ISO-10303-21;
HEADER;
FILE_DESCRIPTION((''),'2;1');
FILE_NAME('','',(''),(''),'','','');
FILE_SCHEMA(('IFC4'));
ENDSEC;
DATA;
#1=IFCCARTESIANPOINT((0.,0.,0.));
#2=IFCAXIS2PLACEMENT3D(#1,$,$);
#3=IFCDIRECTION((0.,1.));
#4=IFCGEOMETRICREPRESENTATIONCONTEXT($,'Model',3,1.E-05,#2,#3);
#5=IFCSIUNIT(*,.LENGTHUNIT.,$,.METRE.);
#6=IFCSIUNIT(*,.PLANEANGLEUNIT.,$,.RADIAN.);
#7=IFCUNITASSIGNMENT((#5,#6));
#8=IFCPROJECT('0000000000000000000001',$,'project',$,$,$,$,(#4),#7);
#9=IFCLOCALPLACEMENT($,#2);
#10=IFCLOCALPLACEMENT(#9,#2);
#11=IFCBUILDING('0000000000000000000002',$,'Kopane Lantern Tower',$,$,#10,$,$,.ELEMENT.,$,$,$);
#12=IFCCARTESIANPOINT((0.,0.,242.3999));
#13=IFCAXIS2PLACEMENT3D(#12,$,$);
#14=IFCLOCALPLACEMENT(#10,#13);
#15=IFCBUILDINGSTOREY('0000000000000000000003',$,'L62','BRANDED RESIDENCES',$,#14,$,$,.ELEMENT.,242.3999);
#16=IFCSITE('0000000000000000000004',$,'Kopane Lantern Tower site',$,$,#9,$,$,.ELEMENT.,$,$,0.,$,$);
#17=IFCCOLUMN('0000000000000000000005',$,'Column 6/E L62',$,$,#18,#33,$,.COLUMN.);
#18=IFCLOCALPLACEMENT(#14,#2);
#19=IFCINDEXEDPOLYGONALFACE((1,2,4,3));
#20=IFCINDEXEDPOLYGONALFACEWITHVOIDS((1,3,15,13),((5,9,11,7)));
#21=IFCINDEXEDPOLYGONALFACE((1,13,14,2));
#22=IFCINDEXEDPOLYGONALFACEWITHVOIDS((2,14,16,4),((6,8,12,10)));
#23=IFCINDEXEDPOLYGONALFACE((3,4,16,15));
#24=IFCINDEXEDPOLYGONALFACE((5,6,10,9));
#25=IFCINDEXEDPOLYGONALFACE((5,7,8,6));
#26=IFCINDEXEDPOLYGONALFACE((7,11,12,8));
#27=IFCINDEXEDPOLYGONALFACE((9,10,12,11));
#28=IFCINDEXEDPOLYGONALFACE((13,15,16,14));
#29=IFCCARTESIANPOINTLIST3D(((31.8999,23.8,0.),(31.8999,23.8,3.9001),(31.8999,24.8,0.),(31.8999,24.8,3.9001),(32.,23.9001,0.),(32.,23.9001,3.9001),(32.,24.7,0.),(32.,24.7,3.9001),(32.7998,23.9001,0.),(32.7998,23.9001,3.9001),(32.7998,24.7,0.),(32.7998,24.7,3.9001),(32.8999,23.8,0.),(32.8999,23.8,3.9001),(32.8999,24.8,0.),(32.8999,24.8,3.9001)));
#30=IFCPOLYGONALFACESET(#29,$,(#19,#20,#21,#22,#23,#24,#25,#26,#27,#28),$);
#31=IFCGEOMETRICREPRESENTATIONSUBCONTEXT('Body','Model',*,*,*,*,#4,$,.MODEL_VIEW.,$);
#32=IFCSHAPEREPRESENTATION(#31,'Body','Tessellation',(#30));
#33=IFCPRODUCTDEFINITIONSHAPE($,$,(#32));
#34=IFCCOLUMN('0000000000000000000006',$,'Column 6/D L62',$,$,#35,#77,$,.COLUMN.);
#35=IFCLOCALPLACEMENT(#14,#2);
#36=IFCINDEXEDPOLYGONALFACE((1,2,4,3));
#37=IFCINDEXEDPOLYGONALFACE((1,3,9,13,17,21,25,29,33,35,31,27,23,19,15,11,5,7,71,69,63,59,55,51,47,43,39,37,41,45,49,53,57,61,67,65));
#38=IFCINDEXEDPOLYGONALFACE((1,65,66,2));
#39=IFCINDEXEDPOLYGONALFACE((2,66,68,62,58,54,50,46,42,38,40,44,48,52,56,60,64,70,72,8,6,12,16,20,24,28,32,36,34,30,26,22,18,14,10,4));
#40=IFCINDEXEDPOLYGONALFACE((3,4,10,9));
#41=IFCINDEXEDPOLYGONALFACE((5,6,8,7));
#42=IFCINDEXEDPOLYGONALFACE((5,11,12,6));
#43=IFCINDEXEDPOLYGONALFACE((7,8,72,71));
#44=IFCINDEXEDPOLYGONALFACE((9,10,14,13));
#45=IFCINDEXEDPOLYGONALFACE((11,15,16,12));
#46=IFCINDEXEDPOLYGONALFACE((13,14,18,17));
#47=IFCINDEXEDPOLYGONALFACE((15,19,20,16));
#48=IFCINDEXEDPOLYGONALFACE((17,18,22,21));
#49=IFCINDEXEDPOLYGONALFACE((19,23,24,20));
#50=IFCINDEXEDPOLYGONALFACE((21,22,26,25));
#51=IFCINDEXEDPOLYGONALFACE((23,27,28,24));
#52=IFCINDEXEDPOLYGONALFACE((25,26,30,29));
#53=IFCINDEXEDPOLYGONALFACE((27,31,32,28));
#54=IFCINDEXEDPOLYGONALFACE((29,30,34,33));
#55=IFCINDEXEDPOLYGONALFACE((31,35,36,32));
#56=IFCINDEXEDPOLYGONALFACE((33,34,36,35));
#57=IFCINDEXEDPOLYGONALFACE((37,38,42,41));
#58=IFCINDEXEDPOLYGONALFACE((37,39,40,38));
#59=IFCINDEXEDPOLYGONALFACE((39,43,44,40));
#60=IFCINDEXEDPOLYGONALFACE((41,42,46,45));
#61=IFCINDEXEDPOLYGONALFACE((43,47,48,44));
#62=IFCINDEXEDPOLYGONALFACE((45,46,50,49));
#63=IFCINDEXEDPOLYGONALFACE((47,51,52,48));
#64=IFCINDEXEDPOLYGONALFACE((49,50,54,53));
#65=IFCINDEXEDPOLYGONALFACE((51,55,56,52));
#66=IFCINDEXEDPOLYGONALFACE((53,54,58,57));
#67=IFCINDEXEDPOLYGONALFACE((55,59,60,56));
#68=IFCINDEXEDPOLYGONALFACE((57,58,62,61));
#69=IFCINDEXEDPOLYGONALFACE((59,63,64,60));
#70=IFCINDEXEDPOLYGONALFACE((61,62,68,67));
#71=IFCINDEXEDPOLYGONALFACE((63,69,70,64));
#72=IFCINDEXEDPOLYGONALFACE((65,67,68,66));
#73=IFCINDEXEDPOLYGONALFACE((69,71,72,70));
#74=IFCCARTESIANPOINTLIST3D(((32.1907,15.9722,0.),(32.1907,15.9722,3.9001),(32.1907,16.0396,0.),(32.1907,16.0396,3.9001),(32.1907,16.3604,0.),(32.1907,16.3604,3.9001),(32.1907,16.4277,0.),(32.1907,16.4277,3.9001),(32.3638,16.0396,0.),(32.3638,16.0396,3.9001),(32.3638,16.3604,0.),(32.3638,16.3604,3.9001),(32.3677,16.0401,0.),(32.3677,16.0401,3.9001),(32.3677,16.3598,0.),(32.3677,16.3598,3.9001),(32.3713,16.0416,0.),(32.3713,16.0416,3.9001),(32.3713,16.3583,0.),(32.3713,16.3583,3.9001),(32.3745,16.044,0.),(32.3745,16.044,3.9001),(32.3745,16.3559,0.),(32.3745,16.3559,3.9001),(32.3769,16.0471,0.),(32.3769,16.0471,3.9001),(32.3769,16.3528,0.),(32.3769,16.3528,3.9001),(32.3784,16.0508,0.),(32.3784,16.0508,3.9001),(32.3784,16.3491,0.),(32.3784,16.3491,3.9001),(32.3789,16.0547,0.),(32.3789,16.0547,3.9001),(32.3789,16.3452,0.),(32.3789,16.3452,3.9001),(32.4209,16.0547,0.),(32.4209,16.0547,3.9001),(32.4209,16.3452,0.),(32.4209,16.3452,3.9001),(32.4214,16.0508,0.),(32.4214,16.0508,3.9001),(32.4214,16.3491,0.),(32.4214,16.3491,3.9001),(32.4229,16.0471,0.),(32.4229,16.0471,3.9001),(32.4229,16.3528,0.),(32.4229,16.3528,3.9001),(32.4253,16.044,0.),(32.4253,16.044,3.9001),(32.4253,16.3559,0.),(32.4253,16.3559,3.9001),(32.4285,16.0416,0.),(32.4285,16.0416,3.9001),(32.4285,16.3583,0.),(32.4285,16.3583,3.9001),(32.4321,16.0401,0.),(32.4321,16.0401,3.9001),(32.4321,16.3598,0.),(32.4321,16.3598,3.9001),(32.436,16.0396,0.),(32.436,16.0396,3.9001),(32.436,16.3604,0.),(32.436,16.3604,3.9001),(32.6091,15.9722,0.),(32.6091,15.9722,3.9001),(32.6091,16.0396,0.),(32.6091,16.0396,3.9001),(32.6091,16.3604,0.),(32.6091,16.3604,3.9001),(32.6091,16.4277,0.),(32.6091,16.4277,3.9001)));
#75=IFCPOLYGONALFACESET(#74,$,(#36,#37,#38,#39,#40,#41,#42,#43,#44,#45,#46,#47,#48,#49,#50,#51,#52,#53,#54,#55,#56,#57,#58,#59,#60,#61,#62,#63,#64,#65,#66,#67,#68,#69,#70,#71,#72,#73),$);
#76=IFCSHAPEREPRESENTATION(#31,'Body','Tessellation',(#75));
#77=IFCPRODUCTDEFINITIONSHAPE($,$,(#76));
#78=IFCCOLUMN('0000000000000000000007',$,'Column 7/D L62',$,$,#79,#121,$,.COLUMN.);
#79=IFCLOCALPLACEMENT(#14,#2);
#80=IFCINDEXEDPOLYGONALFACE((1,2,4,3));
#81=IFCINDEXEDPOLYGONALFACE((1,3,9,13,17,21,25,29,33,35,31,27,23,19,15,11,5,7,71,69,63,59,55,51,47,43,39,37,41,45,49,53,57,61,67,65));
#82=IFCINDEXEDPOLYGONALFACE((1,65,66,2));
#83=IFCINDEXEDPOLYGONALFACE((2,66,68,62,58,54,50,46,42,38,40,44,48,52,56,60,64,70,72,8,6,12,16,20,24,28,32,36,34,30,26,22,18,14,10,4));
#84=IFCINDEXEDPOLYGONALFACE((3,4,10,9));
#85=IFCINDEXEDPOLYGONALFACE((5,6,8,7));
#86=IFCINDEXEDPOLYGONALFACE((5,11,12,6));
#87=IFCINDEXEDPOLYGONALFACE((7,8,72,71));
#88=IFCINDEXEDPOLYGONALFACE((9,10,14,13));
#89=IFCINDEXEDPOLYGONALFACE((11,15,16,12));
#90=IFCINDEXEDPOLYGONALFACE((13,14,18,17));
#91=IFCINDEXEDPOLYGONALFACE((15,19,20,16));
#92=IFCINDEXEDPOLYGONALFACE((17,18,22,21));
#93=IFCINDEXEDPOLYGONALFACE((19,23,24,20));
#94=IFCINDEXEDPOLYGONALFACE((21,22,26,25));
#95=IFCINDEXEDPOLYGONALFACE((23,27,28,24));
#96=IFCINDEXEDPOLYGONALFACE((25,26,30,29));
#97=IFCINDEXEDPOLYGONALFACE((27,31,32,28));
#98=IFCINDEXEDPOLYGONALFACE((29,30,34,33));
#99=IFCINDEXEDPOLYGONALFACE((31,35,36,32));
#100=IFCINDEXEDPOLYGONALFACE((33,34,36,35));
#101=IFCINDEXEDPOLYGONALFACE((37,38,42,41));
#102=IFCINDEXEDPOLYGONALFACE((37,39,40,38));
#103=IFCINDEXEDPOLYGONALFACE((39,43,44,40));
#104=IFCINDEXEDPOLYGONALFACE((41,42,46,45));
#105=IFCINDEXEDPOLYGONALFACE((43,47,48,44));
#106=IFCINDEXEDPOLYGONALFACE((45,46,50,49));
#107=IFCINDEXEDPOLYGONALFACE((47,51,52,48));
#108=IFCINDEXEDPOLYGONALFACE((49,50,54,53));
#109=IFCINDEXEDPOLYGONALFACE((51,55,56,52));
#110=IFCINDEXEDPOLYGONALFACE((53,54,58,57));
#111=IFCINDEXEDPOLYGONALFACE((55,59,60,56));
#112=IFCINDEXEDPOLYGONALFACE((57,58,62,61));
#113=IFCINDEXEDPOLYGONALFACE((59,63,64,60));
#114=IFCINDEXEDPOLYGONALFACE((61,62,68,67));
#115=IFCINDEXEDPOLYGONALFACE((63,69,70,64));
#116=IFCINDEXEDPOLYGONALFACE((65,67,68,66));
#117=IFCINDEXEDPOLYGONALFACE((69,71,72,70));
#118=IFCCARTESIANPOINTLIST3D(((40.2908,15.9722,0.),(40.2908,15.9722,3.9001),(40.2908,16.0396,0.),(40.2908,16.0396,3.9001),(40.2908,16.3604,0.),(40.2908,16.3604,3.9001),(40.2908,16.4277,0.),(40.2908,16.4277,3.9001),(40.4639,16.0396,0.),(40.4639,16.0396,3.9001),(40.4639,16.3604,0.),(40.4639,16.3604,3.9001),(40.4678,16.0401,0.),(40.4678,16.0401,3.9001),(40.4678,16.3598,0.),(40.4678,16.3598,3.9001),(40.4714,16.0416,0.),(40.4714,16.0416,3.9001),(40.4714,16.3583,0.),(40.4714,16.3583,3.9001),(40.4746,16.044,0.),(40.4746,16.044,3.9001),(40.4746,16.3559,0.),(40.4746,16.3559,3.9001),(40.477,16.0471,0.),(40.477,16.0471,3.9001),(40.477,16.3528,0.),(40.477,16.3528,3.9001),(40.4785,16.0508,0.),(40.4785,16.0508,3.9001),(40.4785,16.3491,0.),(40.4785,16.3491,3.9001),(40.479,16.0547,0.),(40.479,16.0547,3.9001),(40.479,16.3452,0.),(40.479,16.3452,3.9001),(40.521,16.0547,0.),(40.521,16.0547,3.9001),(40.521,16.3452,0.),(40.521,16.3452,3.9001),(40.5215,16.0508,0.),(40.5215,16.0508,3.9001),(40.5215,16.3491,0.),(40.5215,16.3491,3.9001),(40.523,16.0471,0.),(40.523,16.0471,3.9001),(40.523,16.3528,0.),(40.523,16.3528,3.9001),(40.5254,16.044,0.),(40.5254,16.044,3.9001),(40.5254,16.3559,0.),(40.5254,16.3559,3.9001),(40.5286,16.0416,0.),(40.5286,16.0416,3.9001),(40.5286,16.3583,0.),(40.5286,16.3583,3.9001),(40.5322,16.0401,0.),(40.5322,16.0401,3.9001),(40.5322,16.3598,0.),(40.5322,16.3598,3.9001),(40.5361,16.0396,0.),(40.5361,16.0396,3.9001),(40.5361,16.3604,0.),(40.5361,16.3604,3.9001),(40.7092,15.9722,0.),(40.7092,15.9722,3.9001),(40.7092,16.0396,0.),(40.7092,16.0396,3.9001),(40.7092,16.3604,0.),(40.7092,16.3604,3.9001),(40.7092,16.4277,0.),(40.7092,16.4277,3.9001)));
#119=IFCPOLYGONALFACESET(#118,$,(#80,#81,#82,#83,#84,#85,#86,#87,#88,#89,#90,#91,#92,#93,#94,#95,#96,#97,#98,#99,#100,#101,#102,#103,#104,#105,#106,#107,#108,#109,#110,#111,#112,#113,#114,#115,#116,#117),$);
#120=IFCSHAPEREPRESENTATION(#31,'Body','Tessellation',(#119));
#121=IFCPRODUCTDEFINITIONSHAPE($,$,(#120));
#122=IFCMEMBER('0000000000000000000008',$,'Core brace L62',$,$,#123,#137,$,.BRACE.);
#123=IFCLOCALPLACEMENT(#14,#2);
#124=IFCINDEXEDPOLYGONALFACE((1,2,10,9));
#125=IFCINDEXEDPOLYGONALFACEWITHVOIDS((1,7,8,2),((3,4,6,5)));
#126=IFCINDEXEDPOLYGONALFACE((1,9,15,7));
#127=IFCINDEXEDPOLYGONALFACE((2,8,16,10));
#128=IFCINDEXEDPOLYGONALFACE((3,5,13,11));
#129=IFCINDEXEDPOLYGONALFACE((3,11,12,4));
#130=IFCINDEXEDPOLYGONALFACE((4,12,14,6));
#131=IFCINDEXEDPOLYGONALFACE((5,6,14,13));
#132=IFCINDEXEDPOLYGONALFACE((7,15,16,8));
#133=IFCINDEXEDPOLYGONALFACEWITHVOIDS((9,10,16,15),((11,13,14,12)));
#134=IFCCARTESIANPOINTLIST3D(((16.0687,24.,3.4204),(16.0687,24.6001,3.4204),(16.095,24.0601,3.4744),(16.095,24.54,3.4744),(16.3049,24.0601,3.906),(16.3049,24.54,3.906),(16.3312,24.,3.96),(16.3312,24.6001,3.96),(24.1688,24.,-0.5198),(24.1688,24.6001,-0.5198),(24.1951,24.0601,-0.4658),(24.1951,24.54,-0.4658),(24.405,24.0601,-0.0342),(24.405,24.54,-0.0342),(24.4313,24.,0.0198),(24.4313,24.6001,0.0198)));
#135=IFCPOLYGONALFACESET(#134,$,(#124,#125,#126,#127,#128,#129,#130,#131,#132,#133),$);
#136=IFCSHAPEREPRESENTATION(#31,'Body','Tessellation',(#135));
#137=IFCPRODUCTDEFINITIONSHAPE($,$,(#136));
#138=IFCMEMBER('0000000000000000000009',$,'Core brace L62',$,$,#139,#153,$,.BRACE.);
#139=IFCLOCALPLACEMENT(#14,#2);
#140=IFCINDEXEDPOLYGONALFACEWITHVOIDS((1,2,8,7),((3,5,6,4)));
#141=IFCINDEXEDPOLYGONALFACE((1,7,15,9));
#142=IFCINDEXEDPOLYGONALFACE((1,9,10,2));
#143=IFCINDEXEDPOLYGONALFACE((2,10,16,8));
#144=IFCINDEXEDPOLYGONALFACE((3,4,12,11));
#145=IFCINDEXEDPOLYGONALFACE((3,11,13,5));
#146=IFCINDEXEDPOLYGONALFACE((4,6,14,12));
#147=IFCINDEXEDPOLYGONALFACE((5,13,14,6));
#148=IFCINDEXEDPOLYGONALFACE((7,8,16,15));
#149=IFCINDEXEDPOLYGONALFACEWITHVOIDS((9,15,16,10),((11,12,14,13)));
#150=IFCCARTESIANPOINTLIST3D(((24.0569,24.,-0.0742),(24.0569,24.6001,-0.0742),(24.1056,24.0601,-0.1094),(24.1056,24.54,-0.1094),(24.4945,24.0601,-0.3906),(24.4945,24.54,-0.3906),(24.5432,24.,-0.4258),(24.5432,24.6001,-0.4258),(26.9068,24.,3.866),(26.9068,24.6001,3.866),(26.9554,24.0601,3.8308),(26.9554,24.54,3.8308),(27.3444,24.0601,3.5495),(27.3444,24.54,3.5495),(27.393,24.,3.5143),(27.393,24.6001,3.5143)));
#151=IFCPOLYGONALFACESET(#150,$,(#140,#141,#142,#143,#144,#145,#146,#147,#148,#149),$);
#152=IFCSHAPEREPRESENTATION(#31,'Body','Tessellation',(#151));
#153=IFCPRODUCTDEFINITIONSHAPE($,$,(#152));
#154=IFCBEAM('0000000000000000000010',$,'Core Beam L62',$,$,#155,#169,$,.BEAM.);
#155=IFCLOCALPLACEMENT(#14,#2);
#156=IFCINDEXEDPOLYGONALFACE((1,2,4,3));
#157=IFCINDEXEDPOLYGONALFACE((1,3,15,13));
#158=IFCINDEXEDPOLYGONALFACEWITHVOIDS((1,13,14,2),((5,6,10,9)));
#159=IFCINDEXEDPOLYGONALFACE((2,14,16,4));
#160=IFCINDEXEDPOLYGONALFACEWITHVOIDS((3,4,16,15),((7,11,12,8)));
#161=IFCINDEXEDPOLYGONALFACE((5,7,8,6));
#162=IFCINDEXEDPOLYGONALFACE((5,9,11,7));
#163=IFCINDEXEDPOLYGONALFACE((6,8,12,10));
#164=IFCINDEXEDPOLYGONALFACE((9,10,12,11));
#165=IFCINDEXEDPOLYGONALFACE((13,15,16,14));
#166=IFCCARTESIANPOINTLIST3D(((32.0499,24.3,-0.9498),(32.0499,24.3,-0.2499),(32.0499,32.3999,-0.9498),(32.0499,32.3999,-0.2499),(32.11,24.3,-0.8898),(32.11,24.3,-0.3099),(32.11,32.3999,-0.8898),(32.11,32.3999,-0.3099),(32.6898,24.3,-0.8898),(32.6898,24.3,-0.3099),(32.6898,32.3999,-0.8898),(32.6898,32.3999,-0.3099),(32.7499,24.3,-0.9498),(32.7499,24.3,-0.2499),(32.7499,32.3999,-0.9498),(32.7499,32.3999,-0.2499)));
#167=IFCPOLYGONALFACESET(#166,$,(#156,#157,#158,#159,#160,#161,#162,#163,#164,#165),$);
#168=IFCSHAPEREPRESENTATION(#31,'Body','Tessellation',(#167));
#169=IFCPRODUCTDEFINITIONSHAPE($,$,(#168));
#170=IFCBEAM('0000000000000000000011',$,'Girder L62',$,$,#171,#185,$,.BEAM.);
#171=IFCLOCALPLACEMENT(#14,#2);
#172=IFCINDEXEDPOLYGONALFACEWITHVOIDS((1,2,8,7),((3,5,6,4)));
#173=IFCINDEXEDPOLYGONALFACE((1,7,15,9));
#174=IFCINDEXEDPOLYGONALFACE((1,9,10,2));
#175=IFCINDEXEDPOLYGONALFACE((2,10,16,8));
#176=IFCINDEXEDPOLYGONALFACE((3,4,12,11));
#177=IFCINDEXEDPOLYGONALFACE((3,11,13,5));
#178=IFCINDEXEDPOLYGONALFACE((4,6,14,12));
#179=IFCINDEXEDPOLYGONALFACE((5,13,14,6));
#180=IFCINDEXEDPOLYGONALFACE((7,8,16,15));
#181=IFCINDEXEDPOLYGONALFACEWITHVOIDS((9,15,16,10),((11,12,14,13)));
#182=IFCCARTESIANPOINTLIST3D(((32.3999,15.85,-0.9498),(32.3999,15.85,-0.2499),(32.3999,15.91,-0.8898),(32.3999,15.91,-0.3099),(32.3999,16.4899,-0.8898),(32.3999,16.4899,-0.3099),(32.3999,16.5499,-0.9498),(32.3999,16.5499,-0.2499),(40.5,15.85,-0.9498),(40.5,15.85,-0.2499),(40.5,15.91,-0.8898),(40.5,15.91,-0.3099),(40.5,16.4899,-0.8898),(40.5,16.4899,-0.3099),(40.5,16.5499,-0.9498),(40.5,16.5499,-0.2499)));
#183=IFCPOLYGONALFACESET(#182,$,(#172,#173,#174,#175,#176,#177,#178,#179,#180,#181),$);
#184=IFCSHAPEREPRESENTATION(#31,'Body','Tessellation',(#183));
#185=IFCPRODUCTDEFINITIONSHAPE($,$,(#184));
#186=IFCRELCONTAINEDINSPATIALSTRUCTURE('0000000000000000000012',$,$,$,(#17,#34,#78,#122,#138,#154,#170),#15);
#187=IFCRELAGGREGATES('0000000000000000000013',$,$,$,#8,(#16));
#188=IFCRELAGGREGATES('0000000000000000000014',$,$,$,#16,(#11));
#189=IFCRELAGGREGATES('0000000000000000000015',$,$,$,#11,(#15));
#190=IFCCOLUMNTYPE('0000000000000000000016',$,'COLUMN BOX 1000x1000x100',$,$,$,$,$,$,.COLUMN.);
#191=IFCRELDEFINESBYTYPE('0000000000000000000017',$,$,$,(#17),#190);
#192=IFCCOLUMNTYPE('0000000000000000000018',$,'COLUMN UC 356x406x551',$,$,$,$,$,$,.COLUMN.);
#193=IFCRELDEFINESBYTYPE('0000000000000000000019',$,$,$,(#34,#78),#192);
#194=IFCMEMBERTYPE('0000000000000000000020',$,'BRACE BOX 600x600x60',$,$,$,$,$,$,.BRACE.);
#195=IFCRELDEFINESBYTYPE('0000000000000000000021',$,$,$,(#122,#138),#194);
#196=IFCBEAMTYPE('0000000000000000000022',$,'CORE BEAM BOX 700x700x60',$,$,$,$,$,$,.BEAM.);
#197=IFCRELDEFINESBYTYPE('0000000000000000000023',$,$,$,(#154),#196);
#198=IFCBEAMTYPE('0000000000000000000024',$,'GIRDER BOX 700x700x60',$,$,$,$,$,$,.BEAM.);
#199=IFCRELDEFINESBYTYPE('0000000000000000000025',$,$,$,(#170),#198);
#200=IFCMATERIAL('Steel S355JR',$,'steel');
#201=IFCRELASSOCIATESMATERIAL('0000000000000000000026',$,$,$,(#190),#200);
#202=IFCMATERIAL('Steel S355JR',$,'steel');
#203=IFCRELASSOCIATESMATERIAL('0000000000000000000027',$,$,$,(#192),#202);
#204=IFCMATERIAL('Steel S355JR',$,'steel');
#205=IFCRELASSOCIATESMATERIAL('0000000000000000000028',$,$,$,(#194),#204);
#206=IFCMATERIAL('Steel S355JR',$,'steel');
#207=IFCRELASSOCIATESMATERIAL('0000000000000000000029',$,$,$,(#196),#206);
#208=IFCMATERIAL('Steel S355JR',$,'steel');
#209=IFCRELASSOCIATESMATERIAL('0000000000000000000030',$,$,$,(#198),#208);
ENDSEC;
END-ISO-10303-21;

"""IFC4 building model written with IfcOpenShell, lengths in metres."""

from ifc_helpers import new_model, si_unit, direction, frame, origin, origin_2d, place, context, subcontext, project, spatial, hollow_rectangle, i_section, extrude, material, material_profile, profile_set, type_object, element, save


model = new_model("IFC4")

# Units and contexts
model_context = context("Model", 3, precision=1e-05, world=origin(), true_north=direction((0.0, 1.0)))
body_context = subcontext(model_context, "Body", "Model", "MODEL_VIEW")
ifc_project = project(units=[si_unit("LENGTHUNIT", "METRE"), si_unit("PLANEANGLEUNIT", "RADIAN")], contexts=[model_context])

# Site, building, storey
site_placement = place(None, origin())
site = spatial("IfcSite", under=ifc_project, at=site_placement, Name="Kopane Lantern Tower site", CompositionType="ELEMENT", RefElevation=0.0)
building_placement = place(site_placement, origin())
building = spatial("IfcBuilding", under=site, at=building_placement, Name="Kopane Lantern Tower", CompositionType="ELEMENT")
storey_placement = place(building_placement, frame((0.0, 0.0, 242.3999)))
storey = spatial("IfcBuildingStorey", under=building, at=storey_placement, Name="L62", Description="BRANDED RESIDENCES", CompositionType="ELEMENT", Elevation=242.3999)

# Columns
ifc_material_1 = material(Name="Steel S355JR", Category="steel")
ifc_material_profile_1 = material_profile(ifc_material_1, hollow_rectangle(XDim=1.0, YDim=1.0, WallThickness=0.1001, at=origin_2d()), Name="BOX 1000x1000x100")
ifc_profile_set_1 = profile_set([ifc_material_profile_1], Name="Steel S355JR")
column_type_1 = type_object("IfcColumnType", Name="COLUMN BOX 1000x1000x100", PredefinedType="COLUMN", material=ifc_profile_set_1)
column_placement = place(storey_placement, frame((32.3999, 24.3, 0.0), z_axis=(0.0, 0.0, 1.0), x_axis=(1.0, 0.0, 0.0)))
element("IfcColumn", 1, at=column_placement, inside=storey, type_object=column_type_1, Name="Column 6/E L62", PredefinedType="COLUMN", context=body_context, shape_type="SweptSolid", body=[
    extrude(hollow_rectangle(XDim=1.0, YDim=1.0, WallThickness=0.1001, at=origin_2d()), origin(), (0.0, 0.0, 1.0), 3.9001),
])
ifc_material_2 = material(Name="Steel S355JR", Category="steel")
ifc_material_profile_2 = material_profile(ifc_material_2, i_section(OverallWidth=0.4185, OverallDepth=0.4556, WebThickness=0.042, FlangeThickness=0.0674, FilletRadius=0.0151, at=origin_2d()), Name="UC 356x406x551")
ifc_profile_set_2 = profile_set([ifc_material_profile_2], Name="Steel S355JR")
column_type_2 = type_object("IfcColumnType", Name="COLUMN UC 356x406x551", PredefinedType="COLUMN", material=ifc_profile_set_2)
for number, where, z_axis, x_axis, name in (
    (2, (32.3999, 16.2, 0.0), (0.0, 0.0, 1.0), (1.0, 0.0, 0.0), "Column 6/D L62"),
    (3, (40.5, 16.2, 0.0), (0.0, 0.0, 1.0), (1.0, 0.0, 0.0), "Column 7/D L62"),
):
    element("IfcColumn", number, at=place(storey_placement, frame(where, z_axis=z_axis, x_axis=x_axis)), inside=storey, type_object=column_type_2, Name=name, PredefinedType="COLUMN", context=body_context, shape_type="SweptSolid", body=[
        extrude(i_section(OverallWidth=0.4185, OverallDepth=0.4556, WebThickness=0.042, FlangeThickness=0.0674, FilletRadius=0.0151, at=origin_2d()), origin(), (0.0, 0.0, 1.0), 3.9001),
    ])

# Members
ifc_material_3 = material(Name="Steel S355JR", Category="steel")
ifc_material_profile_3 = material_profile(ifc_material_3, hollow_rectangle(XDim=0.6001, YDim=0.6001, WallThickness=0.0601, at=origin_2d()), Name="BOX 600x600x60")
ifc_profile_set_3 = profile_set([ifc_material_profile_3], Name="Steel S355JR")
member_type = type_object("IfcMemberType", Name="BRACE BOX 600x600x60", PredefinedType="BRACE", material=ifc_profile_set_3)
member_1_placement = place(storey_placement, frame((24.3, 24.3, -0.25), z_axis=(-0.899253, 0.0, 0.43743), x_axis=(0.0, -1.0, 0.0)))
element("IfcMember", 4, at=member_1_placement, inside=storey, type_object=member_type, Name="Core brace L62", PredefinedType="BRACE", context=body_context, shape_type="SweptSolid", body=[
    extrude(hollow_rectangle(XDim=0.6001, YDim=0.6001, WallThickness=0.0601, at=origin_2d()), origin(), (0.0, 0.0, 1.0), 9.0076),
])
member_2_placement = place(storey_placement, frame((24.3, 24.3, -0.25), z_axis=(0.586053, 0.0, 0.810273), x_axis=(0.0, 1.0, 0.0)))
element("IfcMember", 5, at=member_2_placement, inside=storey, type_object=member_type, Name="Core brace L62", PredefinedType="BRACE", context=body_context, shape_type="SweptSolid", body=[
    extrude(hollow_rectangle(XDim=0.6001, YDim=0.6001, WallThickness=0.0601, at=origin_2d()), origin(), (0.0, 0.0, 1.0), 4.8628),
])

# Beams
ifc_material_4 = material(Name="Steel S355JR", Category="steel")
ifc_material_profile_4 = material_profile(ifc_material_4, hollow_rectangle(XDim=0.7, YDim=0.7, WallThickness=0.0601, at=origin_2d()), Name="BOX 700x700x60")
ifc_profile_set_4 = profile_set([ifc_material_profile_4], Name="Steel S355JR")
beam_type_1 = type_object("IfcBeamType", Name="CORE BEAM BOX 700x700x60", PredefinedType="BEAM", material=ifc_profile_set_4)
beam_1_placement = place(storey_placement, frame((32.3999, 24.3, -0.5999), z_axis=(0.0, 1.0, 0.0), x_axis=(-1.0, 0.0, 0.0)))
element("IfcBeam", 6, at=beam_1_placement, inside=storey, type_object=beam_type_1, Name="Core Beam L62", PredefinedType="BEAM", context=body_context, shape_type="SweptSolid", body=[
    extrude(hollow_rectangle(XDim=0.7, YDim=0.7, WallThickness=0.0601, at=origin_2d()), origin(), (0.0, 0.0, 1.0), 8.0999),
])
ifc_material_5 = material(Name="Steel S355JR", Category="steel")
ifc_material_profile_5 = material_profile(ifc_material_5, hollow_rectangle(XDim=0.7, YDim=0.7, WallThickness=0.0601, at=origin_2d()), Name="BOX 700x700x60")
ifc_profile_set_5 = profile_set([ifc_material_profile_5], Name="Steel S355JR")
beam_type_2 = type_object("IfcBeamType", Name="GIRDER BOX 700x700x60", PredefinedType="BEAM", material=ifc_profile_set_5)
for number, where, z_axis, x_axis, name in (
    (7, (32.3999, 16.2, -0.5999), (1.0, 0.0, 0.0), (0.0, 1.0, 0.0), "Girder L62"),
):
    element("IfcBeam", number, at=place(storey_placement, frame(where, z_axis=z_axis, x_axis=x_axis)), inside=storey, type_object=beam_type_2, Name=name, PredefinedType="BEAM", context=body_context, shape_type="SweptSolid", body=[
        extrude(hollow_rectangle(XDim=0.7, YDim=0.7, WallThickness=0.0601, at=origin_2d()), origin(), (0.0, 0.0, 1.0), 8.1001),
    ])

save(model, "model.ifc")
